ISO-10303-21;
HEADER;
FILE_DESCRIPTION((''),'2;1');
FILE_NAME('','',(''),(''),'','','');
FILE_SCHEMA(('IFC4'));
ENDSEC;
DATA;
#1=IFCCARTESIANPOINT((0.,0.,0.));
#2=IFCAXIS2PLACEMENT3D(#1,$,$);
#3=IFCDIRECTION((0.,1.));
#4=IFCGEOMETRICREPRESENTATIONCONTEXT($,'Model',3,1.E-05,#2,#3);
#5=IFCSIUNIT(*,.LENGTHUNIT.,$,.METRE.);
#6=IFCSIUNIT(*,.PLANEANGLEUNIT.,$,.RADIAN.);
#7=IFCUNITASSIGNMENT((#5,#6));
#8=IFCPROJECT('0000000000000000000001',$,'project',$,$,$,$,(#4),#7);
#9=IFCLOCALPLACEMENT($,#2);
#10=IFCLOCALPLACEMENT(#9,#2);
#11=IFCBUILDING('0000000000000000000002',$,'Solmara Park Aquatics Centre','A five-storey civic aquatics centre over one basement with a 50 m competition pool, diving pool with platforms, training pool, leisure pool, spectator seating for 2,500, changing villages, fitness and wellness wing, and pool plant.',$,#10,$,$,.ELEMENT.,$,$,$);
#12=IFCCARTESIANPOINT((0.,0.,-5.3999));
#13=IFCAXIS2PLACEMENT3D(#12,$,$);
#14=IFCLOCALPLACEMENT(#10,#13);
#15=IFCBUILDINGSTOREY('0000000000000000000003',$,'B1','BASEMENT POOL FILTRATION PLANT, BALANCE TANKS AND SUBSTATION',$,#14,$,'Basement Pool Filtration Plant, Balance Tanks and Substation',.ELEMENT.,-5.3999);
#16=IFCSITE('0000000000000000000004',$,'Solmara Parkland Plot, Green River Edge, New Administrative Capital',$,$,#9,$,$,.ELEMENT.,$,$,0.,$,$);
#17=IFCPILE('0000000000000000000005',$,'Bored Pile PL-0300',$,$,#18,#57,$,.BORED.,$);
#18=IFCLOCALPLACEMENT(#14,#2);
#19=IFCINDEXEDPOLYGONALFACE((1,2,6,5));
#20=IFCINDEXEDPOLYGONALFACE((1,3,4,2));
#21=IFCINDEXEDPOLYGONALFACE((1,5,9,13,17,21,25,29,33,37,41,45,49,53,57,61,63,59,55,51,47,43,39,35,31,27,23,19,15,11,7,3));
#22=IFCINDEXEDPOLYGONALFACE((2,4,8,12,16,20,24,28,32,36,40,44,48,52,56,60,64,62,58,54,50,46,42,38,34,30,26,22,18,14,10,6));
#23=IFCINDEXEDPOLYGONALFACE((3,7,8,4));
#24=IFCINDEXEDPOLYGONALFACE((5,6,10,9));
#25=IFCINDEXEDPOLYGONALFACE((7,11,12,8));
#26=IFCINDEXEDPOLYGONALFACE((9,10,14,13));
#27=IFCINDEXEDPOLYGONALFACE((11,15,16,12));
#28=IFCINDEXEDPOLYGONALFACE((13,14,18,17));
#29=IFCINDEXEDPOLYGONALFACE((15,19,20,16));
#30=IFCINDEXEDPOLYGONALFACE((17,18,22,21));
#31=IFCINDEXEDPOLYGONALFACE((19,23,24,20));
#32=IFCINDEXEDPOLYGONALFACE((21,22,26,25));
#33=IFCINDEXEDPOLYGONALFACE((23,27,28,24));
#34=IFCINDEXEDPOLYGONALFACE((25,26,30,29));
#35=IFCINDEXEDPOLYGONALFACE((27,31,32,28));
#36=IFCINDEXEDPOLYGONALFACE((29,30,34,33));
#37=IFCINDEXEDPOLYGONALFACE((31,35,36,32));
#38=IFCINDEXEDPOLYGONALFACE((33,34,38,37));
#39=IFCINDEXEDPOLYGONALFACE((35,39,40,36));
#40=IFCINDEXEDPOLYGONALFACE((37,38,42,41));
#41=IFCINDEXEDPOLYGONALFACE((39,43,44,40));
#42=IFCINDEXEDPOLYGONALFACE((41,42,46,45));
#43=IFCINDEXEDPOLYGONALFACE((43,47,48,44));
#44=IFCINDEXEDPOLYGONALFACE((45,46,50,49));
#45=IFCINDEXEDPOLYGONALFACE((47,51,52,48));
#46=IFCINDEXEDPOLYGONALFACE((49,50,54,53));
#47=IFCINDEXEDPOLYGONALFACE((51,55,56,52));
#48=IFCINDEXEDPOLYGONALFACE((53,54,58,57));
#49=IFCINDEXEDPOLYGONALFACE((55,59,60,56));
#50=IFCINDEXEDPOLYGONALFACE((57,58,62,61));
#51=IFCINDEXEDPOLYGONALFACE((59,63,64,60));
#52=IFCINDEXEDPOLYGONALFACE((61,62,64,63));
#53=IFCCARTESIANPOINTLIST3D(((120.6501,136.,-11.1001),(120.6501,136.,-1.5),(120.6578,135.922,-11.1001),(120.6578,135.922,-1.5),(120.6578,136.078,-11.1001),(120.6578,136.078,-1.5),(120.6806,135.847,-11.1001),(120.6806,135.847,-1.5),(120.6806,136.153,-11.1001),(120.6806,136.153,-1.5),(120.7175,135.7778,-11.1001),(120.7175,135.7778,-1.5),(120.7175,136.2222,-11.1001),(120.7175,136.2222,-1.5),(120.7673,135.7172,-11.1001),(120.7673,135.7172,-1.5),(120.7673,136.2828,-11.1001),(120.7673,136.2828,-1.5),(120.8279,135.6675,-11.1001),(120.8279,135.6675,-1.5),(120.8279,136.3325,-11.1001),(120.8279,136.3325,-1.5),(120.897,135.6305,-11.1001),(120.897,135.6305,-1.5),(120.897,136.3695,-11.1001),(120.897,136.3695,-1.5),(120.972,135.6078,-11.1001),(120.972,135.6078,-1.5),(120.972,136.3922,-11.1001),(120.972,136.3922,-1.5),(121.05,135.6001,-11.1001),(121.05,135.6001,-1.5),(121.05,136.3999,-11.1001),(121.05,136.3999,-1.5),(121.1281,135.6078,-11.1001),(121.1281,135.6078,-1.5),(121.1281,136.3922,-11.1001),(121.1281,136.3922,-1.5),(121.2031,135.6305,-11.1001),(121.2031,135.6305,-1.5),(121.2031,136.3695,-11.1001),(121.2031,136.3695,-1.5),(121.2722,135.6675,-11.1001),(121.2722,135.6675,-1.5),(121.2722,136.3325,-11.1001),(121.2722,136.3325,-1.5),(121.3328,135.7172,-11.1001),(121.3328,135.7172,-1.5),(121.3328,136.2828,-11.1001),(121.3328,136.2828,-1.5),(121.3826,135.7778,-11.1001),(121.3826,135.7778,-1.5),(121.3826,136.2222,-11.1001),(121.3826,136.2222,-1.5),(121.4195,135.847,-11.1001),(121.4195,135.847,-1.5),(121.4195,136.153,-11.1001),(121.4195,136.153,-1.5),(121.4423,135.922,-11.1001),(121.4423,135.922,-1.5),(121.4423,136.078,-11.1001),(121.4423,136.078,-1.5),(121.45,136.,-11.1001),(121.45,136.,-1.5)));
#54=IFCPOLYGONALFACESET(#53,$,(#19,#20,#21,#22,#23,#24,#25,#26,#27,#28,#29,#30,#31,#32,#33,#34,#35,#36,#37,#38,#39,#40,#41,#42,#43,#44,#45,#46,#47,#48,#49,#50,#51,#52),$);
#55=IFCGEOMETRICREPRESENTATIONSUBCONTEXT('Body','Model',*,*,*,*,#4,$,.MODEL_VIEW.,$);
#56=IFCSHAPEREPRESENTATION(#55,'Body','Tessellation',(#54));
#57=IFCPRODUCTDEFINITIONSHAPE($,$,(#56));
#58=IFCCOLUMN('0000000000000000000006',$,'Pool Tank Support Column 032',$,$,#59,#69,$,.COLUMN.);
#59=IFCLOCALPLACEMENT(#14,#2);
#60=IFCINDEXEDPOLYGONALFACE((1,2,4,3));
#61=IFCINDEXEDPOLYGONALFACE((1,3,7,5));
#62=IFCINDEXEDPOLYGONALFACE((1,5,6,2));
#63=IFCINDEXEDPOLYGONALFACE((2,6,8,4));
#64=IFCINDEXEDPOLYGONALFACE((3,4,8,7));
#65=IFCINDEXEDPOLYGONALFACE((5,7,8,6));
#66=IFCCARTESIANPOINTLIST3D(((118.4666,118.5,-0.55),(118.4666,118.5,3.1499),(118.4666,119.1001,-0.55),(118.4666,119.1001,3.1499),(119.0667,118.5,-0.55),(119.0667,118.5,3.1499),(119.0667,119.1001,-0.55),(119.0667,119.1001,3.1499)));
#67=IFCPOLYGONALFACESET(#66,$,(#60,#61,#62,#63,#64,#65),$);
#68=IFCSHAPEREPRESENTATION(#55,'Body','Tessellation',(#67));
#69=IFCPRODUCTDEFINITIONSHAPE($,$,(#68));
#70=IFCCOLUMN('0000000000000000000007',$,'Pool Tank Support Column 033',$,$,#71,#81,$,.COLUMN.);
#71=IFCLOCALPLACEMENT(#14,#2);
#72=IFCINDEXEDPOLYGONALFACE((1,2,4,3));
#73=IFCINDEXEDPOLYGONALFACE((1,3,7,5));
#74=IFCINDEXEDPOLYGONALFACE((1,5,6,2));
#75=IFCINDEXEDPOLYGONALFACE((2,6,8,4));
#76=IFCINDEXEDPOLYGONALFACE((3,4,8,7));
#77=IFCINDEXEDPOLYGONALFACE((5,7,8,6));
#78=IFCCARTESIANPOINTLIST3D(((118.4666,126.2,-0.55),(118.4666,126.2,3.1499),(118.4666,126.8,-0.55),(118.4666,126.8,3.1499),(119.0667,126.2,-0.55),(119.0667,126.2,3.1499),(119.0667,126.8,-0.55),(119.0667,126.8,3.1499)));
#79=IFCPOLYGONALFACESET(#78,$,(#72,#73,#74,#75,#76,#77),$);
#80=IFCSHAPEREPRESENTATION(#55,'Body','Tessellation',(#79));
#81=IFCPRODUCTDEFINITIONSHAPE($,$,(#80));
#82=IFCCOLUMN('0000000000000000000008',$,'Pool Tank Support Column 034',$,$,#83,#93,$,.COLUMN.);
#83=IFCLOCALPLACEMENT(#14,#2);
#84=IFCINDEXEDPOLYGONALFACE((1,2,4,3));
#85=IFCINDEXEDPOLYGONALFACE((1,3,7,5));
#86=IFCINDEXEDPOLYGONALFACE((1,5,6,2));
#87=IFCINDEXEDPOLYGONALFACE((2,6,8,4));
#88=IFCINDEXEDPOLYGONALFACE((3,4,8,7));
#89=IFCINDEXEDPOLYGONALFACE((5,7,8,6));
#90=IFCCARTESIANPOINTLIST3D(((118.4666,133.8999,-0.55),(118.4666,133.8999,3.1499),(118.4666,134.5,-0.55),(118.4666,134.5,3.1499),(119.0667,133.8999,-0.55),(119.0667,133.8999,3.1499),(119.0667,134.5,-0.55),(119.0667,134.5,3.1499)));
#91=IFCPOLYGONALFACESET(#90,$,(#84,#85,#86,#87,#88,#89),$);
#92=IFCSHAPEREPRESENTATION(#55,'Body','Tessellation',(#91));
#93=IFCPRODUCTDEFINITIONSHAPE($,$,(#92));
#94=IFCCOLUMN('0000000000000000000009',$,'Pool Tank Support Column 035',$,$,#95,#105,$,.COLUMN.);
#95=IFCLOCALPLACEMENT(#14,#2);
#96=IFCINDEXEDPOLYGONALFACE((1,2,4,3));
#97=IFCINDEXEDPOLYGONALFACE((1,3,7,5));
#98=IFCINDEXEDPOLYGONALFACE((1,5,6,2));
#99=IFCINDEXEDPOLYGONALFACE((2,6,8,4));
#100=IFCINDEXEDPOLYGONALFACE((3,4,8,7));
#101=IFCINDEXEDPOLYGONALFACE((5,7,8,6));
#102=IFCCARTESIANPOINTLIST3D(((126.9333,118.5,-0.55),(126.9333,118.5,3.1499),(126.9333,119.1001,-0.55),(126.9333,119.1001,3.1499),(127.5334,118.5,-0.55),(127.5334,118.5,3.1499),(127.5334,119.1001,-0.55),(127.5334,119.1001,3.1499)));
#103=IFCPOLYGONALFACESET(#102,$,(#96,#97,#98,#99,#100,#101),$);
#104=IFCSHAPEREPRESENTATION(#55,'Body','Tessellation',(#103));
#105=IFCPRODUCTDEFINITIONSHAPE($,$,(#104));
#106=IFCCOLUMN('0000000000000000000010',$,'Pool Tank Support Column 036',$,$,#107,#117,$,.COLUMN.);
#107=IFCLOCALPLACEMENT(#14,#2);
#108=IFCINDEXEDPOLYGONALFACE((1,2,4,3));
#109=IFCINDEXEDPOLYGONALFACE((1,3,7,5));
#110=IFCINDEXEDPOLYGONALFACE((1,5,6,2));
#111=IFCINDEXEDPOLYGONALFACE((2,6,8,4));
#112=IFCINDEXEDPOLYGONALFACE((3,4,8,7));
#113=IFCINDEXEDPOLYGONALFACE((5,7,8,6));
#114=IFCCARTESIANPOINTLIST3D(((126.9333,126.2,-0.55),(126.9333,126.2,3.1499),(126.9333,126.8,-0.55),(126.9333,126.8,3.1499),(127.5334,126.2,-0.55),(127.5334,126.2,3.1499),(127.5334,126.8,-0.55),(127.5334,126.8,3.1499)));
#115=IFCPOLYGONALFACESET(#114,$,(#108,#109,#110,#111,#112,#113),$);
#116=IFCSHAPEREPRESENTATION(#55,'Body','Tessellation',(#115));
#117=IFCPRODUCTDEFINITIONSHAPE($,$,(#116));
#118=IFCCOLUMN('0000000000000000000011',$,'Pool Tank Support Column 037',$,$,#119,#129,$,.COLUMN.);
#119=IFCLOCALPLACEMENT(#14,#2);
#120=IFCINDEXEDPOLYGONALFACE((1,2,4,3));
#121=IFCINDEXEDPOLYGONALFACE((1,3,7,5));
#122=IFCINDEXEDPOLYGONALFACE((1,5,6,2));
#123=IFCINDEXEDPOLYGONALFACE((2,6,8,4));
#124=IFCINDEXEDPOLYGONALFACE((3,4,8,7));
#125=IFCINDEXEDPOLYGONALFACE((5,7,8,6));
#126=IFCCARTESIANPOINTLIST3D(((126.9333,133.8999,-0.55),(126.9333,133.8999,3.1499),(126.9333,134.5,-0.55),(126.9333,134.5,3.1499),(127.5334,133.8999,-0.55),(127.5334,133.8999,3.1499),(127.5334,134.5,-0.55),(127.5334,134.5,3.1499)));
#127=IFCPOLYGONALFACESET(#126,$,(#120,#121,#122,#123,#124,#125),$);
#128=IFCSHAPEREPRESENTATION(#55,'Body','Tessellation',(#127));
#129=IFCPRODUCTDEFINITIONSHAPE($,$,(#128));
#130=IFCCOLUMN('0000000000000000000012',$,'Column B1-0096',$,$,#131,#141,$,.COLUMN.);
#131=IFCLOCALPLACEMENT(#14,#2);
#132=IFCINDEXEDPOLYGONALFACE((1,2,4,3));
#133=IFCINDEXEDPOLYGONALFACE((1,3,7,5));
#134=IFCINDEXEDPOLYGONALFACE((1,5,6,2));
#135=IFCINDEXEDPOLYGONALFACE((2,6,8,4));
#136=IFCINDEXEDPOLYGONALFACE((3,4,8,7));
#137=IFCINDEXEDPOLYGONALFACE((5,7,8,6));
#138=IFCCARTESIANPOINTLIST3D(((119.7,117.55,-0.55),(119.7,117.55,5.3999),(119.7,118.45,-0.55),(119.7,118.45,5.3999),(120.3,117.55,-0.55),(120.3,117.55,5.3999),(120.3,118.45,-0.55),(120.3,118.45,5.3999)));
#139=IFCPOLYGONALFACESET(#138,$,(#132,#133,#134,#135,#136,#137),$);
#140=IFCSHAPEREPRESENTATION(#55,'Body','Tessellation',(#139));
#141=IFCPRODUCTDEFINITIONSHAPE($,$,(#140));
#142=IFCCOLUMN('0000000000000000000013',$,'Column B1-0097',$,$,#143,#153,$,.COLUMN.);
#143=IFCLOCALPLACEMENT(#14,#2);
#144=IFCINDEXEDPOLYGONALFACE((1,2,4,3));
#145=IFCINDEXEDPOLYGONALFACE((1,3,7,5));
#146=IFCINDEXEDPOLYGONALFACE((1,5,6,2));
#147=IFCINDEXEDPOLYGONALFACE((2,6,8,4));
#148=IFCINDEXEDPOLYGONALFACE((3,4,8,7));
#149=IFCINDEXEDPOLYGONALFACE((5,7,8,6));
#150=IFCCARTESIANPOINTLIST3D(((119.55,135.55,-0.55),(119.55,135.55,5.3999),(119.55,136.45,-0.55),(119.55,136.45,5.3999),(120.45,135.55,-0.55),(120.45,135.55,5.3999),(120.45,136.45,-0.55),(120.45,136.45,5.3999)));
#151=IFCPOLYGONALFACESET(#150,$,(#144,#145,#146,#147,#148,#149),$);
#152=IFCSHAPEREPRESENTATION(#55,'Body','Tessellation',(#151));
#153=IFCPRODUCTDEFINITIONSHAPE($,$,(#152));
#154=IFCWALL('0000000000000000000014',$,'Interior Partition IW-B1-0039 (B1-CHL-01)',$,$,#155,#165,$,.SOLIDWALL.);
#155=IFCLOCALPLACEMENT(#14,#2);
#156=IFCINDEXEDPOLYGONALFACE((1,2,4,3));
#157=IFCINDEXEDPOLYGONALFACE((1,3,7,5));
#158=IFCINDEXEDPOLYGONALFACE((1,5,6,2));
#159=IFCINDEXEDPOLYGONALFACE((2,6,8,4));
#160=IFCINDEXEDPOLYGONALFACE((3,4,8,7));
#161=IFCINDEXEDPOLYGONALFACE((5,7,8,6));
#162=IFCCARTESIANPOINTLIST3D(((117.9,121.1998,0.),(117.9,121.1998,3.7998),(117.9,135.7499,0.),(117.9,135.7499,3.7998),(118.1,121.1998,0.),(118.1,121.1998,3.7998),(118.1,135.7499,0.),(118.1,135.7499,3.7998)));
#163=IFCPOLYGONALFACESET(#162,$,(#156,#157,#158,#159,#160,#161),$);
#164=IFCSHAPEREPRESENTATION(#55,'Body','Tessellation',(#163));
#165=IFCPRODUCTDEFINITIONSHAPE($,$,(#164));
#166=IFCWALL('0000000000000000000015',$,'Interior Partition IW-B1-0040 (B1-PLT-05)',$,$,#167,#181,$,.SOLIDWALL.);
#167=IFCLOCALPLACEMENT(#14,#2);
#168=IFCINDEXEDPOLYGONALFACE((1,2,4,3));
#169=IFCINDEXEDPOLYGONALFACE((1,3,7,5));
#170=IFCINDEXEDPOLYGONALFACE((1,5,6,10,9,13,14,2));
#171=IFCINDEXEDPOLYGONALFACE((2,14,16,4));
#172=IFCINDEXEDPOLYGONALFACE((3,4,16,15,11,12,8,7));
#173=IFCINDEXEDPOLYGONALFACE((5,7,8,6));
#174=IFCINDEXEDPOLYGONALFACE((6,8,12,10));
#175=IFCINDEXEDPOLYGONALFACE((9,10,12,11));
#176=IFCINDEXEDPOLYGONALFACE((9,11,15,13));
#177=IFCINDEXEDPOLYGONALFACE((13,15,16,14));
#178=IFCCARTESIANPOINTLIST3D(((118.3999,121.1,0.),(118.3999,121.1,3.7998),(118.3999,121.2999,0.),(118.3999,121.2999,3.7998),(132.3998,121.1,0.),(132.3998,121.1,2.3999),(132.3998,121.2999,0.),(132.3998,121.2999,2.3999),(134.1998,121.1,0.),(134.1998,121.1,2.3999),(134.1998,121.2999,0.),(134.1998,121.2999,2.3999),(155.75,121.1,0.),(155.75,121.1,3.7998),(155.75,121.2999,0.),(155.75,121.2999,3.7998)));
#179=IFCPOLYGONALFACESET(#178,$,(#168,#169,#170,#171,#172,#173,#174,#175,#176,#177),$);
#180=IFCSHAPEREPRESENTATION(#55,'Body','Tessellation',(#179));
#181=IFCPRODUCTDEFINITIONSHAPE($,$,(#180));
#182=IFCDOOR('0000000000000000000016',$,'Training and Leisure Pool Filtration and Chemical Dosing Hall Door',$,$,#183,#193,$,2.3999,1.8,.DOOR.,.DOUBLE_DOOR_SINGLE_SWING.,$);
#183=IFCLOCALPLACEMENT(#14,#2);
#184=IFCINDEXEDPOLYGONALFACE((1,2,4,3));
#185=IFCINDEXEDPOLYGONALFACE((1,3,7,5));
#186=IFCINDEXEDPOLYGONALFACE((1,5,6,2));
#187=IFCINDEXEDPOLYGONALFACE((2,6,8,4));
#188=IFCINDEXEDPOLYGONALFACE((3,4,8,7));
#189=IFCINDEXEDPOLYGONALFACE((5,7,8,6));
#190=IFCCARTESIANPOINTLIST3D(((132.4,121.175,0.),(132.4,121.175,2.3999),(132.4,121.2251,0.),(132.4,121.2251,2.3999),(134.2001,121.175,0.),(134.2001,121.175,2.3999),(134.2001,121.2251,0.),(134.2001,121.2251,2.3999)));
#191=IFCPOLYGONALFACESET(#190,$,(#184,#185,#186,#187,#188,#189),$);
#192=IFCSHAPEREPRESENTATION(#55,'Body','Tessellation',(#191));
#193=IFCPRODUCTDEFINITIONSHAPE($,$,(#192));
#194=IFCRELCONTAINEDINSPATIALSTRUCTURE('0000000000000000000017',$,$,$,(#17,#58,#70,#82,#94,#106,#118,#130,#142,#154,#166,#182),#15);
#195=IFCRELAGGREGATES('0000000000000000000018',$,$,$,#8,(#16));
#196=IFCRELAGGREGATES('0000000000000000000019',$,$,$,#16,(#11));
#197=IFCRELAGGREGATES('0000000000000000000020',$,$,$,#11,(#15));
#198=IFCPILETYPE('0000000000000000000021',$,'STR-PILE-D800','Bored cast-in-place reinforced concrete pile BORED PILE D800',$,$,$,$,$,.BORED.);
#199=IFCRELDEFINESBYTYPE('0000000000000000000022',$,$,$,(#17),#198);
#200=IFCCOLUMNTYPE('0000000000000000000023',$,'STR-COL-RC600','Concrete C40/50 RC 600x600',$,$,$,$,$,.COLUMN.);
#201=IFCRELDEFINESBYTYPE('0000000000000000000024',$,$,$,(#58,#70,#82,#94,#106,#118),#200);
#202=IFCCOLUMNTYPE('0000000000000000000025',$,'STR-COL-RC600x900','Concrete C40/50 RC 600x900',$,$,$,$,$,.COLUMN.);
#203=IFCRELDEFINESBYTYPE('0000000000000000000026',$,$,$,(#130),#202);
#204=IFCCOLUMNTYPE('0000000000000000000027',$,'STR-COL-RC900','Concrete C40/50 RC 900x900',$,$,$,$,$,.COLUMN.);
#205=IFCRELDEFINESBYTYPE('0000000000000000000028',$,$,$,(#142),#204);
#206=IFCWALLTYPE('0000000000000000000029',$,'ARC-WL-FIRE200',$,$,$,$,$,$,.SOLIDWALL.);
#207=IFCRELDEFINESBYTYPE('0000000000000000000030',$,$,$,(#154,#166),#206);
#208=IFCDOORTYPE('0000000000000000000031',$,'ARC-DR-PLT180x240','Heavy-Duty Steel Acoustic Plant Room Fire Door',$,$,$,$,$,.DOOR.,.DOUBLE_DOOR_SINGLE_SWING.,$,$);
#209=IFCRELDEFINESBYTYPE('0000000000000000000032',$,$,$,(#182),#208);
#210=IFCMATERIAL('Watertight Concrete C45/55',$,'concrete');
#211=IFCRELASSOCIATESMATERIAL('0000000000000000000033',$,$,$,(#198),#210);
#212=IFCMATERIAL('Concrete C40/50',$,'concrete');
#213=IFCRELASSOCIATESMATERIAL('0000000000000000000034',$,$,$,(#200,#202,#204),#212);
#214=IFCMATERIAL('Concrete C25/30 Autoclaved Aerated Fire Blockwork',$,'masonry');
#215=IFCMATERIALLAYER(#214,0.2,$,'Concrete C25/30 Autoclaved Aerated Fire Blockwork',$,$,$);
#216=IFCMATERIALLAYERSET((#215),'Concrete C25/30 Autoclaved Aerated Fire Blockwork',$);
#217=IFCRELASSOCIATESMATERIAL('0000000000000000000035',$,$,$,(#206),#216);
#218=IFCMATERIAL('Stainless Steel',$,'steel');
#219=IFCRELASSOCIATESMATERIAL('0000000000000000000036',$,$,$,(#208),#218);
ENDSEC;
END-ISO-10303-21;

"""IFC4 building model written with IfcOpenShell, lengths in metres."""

from ifc_helpers import new_model, si_unit, direction, frame, frame_2d, origin, origin_2d, place, context, subcontext, project, spatial, rectangle, circle, extrude, material, layer, layer_set, material_profile, profile_set, type_object, element, fill, save


model = new_model("IFC4")

# Units and contexts
model_context = context("Model", 3, precision=1e-05, world=origin(), true_north=direction((0.0, 1.0)))
body_context = subcontext(model_context, "Body", "Model", "MODEL_VIEW")
ifc_project = project(units=[si_unit("LENGTHUNIT", "METRE"), si_unit("PLANEANGLEUNIT", "RADIAN")], contexts=[model_context])

# Site, building, storey
site_placement = place(None, origin())
site = spatial("IfcSite", under=ifc_project, at=site_placement, Name="Solmara Parkland Plot, Green River Edge, New Administrative Capital", CompositionType="ELEMENT", RefElevation=0.0)
building_placement = place(site_placement, origin())
building = spatial("IfcBuilding", under=site, at=building_placement, Name="Solmara Park Aquatics Centre", Description="A five-storey civic aquatics centre over one basement with a 50 m competition pool, diving pool with platforms, training pool, leisure pool, spectator seating for 2,500, changing villages, fitness and wellness wing, and pool plant.", CompositionType="ELEMENT")
storey_placement = place(building_placement, frame((0.0, 0.0, -5.3999)))
storey = spatial("IfcBuildingStorey", under=building, at=storey_placement, Name="B1", Description="BASEMENT POOL FILTRATION PLANT, BALANCE TANKS AND SUBSTATION", LongName="Basement Pool Filtration Plant, Balance Tanks and Substation", CompositionType="ELEMENT", Elevation=-5.3999)

# Shared definitions
ifc_material_1 = material(Name="Watertight Concrete C45/55", Category="concrete")

# Pile
ifc_material_profile_1 = material_profile(ifc_material_1, circle(Radius=0.3999, at=origin_2d()), Name="BORED PILE D800")
ifc_profile_set_1 = profile_set([ifc_material_profile_1], Name="Watertight Concrete C45/55")
pile_type_1 = type_object("IfcPileType", Name="STR-PILE-D800", Description="Bored cast-in-place reinforced concrete pile BORED PILE D800", PredefinedType="BORED", material=ifc_profile_set_1)
for number, where, z_axis, x_axis, name in (
    (1, (121.05, 136.0, -1.5), (0.0, 0.0, -1.0), (1.0, 0.0, 0.0), "Bored Pile PL-0300"),
):
    element("IfcPile", number, at=place(storey_placement, frame(where, z_axis=z_axis, x_axis=x_axis)), inside=storey, type_object=pile_type_1, Name=name, PredefinedType="BORED", context=body_context, shape_type="SweptSolid", body=[
        extrude(circle(Radius=0.3999, at=origin_2d()), origin(), (0.0, 0.0, 1.0), 9.6001),
    ])

# Columns
ifc_material_2 = material(Name="Concrete C40/50", Category="concrete")
ifc_material_profile_2 = material_profile(ifc_material_2, rectangle(XDim=0.6001, YDim=0.6001, at=origin_2d()), Name="RC 600x600")
ifc_profile_set_2 = profile_set([ifc_material_profile_2], Name="Concrete C40/50")
column_type_1 = type_object("IfcColumnType", Name="STR-COL-RC600", Description="Concrete C40/50 RC 600x600", PredefinedType="COLUMN", material=ifc_profile_set_2)
for number, where, z_axis, x_axis, name in (
    (2, (118.7666, 118.8, -0.55), (0.0, 0.0, 1.0), (1.0, 0.0, 0.0), "Pool Tank Support Column 032"),
    (3, (118.7666, 126.5, -0.55), (0.0, 0.0, 1.0), (1.0, 0.0, 0.0), "Pool Tank Support Column 033"),
    (4, (118.7666, 134.2, -0.55), (0.0, 0.0, 1.0), (1.0, 0.0, 0.0), "Pool Tank Support Column 034"),
    (5, (127.2334, 118.8, -0.55), (0.0, 0.0, 1.0), (1.0, 0.0, 0.0), "Pool Tank Support Column 035"),
    (6, (127.2334, 126.5, -0.55), (0.0, 0.0, 1.0), (1.0, 0.0, 0.0), "Pool Tank Support Column 036"),
    (7, (127.2334, 134.2, -0.55), (0.0, 0.0, 1.0), (1.0, 0.0, 0.0), "Pool Tank Support Column 037"),
):
    element("IfcColumn", number, at=place(storey_placement, frame(where, z_axis=z_axis, x_axis=x_axis)), inside=storey, type_object=column_type_1, Name=name, PredefinedType="COLUMN", context=body_context, shape_type="SweptSolid", body=[
        extrude(rectangle(XDim=0.6001, YDim=0.6001, at=origin_2d()), origin(), (0.0, 0.0, 1.0), 3.7),
    ])
ifc_material_profile_3 = material_profile(ifc_material_2, rectangle(XDim=0.6001, YDim=0.8999, at=origin_2d()), Name="RC 600x900")
ifc_profile_set_3 = profile_set([ifc_material_profile_3], Name="Concrete C40/50")
column_type_2 = type_object("IfcColumnType", Name="STR-COL-RC600x900", Description="Concrete C40/50 RC 600x900", PredefinedType="COLUMN", material=ifc_profile_set_3)
column_1_placement = place(storey_placement, frame((120.0, 118.0, -0.55), z_axis=(0.0, 0.0, 1.0), x_axis=(1.0, 0.0, 0.0)))
element("IfcColumn", 8, at=column_1_placement, inside=storey, type_object=column_type_2, Name="Column B1-0096", PredefinedType="COLUMN", context=body_context, shape_type="SweptSolid", body=[
    extrude(rectangle(XDim=0.6001, YDim=0.8999, at=origin_2d()), origin(), (0.0, 0.0, 1.0), 5.95),
])
ifc_material_profile_4 = material_profile(ifc_material_2, rectangle(XDim=0.8999, YDim=0.8999, at=origin_2d()), Name="RC 900x900")
ifc_profile_set_4 = profile_set([ifc_material_profile_4], Name="Concrete C40/50")
column_type_3 = type_object("IfcColumnType", Name="STR-COL-RC900", Description="Concrete C40/50 RC 900x900", PredefinedType="COLUMN", material=ifc_profile_set_4)
column_2_placement = place(storey_placement, frame((120.0, 136.0, -0.55), z_axis=(0.0, 0.0, 1.0), x_axis=(1.0, 0.0, 0.0)))
element("IfcColumn", 9, at=column_2_placement, inside=storey, type_object=column_type_3, Name="Column B1-0097", PredefinedType="COLUMN", context=body_context, shape_type="SweptSolid", body=[
    extrude(rectangle(XDim=0.8999, YDim=0.8999, at=origin_2d()), origin(), (0.0, 0.0, 1.0), 5.95),
])

# Wall
ifc_material_3 = material(Name="Concrete C25/30 Autoclaved Aerated Fire Blockwork", Category="masonry")
ifc_layer = layer(ifc_material_3, 0.2, Name="Concrete C25/30 Autoclaved Aerated Fire Blockwork")
ifc_layer_set = layer_set([ifc_layer], Name="Concrete C25/30 Autoclaved Aerated Fire Blockwork")
wall_type = type_object("IfcWallType", Name="ARC-WL-FIRE200", PredefinedType="SOLIDWALL", material=ifc_layer_set)
wall_1_placement = place(storey_placement, frame((118.0, 121.2, 0.0), z_axis=(0.0, 0.0, 1.0), x_axis=(0.0, 1.0, 0.0)))
element("IfcWall", 10, at=wall_1_placement, inside=storey, type_object=wall_type, Name="Interior Partition IW-B1-0039 (B1-CHL-01)", PredefinedType="SOLIDWALL", context=body_context, shape_type="SweptSolid", body=[
    extrude(rectangle(XDim=14.55, YDim=0.2, at=frame_2d((7.2749, 0.0))), origin(), (0.0, 0.0, 1.0), 3.7998),
])

# Wall, opening, door
wall_2_placement = place(storey_placement, frame((118.3999, 121.2, 0.0), z_axis=(0.0, 0.0, 1.0), x_axis=(1.0, 0.0, 0.0)))
wall_2 = element("IfcWall", 11, at=wall_2_placement, inside=storey, type_object=wall_type, Name="Interior Partition IW-B1-0040 (B1-PLT-05)", PredefinedType="SOLIDWALL", context=body_context, shape_type="SweptSolid", body=[
    extrude(rectangle(XDim=37.3501, YDim=0.2, at=frame_2d((18.675, 0.0))), origin(), (0.0, 0.0, 1.0), 3.7998),
])
opening_placement = place(wall_2_placement, frame((14.0, 0.0, 0.0)))
opening = element("IfcOpeningElement", 12, at=opening_placement, cuts=wall_2, PredefinedType="OPENING", context=body_context, shape_type="SweptSolid", body=[
    extrude(rectangle(XDim=1.8, YDim=2.3999, at=frame_2d((0.8999, 1.2))), frame((0.0, 0.1099, 0.0), z_axis=(0.0, -1.0, 0.0), x_axis=(1.0, 0.0, 0.0)), (0.0, 0.0, 1.0), 0.22),
])
ifc_material_4 = material(Name="Stainless Steel", Category="steel")
door_type = type_object("IfcDoorType", Name="ARC-DR-PLT180x240", Description="Heavy-Duty Steel Acoustic Plant Room Fire Door", OperationType="DOUBLE_DOOR_SINGLE_SWING", PredefinedType="DOOR", material=ifc_material_4)
door_placement = place(opening_placement, frame((1.8, 0.0, 0.0), z_axis=(0.0, 0.0, 1.0), x_axis=(-1.0, 0.0, 0.0)))
door = element("IfcDoor", 13, at=door_placement, inside=storey, type_object=door_type, Name="Training and Leisure Pool Filtration and Chemical Dosing Hall Door", OperationType="DOUBLE_DOOR_SINGLE_SWING", OverallHeight=2.3999, OverallWidth=1.8, PredefinedType="DOOR", context=body_context, shape_type="SweptSolid", body=[
    extrude(rectangle(XDim=1.8, YDim=2.3999, at=frame_2d((0.8999, 1.2))), frame((0.0, 0.0249, 0.0), z_axis=(0.0, -1.0, 0.0), x_axis=(1.0, 0.0, 0.0)), (0.0, 0.0, 1.0), 0.05),
])
fill(opening, door)

save(model, "model.ifc")
